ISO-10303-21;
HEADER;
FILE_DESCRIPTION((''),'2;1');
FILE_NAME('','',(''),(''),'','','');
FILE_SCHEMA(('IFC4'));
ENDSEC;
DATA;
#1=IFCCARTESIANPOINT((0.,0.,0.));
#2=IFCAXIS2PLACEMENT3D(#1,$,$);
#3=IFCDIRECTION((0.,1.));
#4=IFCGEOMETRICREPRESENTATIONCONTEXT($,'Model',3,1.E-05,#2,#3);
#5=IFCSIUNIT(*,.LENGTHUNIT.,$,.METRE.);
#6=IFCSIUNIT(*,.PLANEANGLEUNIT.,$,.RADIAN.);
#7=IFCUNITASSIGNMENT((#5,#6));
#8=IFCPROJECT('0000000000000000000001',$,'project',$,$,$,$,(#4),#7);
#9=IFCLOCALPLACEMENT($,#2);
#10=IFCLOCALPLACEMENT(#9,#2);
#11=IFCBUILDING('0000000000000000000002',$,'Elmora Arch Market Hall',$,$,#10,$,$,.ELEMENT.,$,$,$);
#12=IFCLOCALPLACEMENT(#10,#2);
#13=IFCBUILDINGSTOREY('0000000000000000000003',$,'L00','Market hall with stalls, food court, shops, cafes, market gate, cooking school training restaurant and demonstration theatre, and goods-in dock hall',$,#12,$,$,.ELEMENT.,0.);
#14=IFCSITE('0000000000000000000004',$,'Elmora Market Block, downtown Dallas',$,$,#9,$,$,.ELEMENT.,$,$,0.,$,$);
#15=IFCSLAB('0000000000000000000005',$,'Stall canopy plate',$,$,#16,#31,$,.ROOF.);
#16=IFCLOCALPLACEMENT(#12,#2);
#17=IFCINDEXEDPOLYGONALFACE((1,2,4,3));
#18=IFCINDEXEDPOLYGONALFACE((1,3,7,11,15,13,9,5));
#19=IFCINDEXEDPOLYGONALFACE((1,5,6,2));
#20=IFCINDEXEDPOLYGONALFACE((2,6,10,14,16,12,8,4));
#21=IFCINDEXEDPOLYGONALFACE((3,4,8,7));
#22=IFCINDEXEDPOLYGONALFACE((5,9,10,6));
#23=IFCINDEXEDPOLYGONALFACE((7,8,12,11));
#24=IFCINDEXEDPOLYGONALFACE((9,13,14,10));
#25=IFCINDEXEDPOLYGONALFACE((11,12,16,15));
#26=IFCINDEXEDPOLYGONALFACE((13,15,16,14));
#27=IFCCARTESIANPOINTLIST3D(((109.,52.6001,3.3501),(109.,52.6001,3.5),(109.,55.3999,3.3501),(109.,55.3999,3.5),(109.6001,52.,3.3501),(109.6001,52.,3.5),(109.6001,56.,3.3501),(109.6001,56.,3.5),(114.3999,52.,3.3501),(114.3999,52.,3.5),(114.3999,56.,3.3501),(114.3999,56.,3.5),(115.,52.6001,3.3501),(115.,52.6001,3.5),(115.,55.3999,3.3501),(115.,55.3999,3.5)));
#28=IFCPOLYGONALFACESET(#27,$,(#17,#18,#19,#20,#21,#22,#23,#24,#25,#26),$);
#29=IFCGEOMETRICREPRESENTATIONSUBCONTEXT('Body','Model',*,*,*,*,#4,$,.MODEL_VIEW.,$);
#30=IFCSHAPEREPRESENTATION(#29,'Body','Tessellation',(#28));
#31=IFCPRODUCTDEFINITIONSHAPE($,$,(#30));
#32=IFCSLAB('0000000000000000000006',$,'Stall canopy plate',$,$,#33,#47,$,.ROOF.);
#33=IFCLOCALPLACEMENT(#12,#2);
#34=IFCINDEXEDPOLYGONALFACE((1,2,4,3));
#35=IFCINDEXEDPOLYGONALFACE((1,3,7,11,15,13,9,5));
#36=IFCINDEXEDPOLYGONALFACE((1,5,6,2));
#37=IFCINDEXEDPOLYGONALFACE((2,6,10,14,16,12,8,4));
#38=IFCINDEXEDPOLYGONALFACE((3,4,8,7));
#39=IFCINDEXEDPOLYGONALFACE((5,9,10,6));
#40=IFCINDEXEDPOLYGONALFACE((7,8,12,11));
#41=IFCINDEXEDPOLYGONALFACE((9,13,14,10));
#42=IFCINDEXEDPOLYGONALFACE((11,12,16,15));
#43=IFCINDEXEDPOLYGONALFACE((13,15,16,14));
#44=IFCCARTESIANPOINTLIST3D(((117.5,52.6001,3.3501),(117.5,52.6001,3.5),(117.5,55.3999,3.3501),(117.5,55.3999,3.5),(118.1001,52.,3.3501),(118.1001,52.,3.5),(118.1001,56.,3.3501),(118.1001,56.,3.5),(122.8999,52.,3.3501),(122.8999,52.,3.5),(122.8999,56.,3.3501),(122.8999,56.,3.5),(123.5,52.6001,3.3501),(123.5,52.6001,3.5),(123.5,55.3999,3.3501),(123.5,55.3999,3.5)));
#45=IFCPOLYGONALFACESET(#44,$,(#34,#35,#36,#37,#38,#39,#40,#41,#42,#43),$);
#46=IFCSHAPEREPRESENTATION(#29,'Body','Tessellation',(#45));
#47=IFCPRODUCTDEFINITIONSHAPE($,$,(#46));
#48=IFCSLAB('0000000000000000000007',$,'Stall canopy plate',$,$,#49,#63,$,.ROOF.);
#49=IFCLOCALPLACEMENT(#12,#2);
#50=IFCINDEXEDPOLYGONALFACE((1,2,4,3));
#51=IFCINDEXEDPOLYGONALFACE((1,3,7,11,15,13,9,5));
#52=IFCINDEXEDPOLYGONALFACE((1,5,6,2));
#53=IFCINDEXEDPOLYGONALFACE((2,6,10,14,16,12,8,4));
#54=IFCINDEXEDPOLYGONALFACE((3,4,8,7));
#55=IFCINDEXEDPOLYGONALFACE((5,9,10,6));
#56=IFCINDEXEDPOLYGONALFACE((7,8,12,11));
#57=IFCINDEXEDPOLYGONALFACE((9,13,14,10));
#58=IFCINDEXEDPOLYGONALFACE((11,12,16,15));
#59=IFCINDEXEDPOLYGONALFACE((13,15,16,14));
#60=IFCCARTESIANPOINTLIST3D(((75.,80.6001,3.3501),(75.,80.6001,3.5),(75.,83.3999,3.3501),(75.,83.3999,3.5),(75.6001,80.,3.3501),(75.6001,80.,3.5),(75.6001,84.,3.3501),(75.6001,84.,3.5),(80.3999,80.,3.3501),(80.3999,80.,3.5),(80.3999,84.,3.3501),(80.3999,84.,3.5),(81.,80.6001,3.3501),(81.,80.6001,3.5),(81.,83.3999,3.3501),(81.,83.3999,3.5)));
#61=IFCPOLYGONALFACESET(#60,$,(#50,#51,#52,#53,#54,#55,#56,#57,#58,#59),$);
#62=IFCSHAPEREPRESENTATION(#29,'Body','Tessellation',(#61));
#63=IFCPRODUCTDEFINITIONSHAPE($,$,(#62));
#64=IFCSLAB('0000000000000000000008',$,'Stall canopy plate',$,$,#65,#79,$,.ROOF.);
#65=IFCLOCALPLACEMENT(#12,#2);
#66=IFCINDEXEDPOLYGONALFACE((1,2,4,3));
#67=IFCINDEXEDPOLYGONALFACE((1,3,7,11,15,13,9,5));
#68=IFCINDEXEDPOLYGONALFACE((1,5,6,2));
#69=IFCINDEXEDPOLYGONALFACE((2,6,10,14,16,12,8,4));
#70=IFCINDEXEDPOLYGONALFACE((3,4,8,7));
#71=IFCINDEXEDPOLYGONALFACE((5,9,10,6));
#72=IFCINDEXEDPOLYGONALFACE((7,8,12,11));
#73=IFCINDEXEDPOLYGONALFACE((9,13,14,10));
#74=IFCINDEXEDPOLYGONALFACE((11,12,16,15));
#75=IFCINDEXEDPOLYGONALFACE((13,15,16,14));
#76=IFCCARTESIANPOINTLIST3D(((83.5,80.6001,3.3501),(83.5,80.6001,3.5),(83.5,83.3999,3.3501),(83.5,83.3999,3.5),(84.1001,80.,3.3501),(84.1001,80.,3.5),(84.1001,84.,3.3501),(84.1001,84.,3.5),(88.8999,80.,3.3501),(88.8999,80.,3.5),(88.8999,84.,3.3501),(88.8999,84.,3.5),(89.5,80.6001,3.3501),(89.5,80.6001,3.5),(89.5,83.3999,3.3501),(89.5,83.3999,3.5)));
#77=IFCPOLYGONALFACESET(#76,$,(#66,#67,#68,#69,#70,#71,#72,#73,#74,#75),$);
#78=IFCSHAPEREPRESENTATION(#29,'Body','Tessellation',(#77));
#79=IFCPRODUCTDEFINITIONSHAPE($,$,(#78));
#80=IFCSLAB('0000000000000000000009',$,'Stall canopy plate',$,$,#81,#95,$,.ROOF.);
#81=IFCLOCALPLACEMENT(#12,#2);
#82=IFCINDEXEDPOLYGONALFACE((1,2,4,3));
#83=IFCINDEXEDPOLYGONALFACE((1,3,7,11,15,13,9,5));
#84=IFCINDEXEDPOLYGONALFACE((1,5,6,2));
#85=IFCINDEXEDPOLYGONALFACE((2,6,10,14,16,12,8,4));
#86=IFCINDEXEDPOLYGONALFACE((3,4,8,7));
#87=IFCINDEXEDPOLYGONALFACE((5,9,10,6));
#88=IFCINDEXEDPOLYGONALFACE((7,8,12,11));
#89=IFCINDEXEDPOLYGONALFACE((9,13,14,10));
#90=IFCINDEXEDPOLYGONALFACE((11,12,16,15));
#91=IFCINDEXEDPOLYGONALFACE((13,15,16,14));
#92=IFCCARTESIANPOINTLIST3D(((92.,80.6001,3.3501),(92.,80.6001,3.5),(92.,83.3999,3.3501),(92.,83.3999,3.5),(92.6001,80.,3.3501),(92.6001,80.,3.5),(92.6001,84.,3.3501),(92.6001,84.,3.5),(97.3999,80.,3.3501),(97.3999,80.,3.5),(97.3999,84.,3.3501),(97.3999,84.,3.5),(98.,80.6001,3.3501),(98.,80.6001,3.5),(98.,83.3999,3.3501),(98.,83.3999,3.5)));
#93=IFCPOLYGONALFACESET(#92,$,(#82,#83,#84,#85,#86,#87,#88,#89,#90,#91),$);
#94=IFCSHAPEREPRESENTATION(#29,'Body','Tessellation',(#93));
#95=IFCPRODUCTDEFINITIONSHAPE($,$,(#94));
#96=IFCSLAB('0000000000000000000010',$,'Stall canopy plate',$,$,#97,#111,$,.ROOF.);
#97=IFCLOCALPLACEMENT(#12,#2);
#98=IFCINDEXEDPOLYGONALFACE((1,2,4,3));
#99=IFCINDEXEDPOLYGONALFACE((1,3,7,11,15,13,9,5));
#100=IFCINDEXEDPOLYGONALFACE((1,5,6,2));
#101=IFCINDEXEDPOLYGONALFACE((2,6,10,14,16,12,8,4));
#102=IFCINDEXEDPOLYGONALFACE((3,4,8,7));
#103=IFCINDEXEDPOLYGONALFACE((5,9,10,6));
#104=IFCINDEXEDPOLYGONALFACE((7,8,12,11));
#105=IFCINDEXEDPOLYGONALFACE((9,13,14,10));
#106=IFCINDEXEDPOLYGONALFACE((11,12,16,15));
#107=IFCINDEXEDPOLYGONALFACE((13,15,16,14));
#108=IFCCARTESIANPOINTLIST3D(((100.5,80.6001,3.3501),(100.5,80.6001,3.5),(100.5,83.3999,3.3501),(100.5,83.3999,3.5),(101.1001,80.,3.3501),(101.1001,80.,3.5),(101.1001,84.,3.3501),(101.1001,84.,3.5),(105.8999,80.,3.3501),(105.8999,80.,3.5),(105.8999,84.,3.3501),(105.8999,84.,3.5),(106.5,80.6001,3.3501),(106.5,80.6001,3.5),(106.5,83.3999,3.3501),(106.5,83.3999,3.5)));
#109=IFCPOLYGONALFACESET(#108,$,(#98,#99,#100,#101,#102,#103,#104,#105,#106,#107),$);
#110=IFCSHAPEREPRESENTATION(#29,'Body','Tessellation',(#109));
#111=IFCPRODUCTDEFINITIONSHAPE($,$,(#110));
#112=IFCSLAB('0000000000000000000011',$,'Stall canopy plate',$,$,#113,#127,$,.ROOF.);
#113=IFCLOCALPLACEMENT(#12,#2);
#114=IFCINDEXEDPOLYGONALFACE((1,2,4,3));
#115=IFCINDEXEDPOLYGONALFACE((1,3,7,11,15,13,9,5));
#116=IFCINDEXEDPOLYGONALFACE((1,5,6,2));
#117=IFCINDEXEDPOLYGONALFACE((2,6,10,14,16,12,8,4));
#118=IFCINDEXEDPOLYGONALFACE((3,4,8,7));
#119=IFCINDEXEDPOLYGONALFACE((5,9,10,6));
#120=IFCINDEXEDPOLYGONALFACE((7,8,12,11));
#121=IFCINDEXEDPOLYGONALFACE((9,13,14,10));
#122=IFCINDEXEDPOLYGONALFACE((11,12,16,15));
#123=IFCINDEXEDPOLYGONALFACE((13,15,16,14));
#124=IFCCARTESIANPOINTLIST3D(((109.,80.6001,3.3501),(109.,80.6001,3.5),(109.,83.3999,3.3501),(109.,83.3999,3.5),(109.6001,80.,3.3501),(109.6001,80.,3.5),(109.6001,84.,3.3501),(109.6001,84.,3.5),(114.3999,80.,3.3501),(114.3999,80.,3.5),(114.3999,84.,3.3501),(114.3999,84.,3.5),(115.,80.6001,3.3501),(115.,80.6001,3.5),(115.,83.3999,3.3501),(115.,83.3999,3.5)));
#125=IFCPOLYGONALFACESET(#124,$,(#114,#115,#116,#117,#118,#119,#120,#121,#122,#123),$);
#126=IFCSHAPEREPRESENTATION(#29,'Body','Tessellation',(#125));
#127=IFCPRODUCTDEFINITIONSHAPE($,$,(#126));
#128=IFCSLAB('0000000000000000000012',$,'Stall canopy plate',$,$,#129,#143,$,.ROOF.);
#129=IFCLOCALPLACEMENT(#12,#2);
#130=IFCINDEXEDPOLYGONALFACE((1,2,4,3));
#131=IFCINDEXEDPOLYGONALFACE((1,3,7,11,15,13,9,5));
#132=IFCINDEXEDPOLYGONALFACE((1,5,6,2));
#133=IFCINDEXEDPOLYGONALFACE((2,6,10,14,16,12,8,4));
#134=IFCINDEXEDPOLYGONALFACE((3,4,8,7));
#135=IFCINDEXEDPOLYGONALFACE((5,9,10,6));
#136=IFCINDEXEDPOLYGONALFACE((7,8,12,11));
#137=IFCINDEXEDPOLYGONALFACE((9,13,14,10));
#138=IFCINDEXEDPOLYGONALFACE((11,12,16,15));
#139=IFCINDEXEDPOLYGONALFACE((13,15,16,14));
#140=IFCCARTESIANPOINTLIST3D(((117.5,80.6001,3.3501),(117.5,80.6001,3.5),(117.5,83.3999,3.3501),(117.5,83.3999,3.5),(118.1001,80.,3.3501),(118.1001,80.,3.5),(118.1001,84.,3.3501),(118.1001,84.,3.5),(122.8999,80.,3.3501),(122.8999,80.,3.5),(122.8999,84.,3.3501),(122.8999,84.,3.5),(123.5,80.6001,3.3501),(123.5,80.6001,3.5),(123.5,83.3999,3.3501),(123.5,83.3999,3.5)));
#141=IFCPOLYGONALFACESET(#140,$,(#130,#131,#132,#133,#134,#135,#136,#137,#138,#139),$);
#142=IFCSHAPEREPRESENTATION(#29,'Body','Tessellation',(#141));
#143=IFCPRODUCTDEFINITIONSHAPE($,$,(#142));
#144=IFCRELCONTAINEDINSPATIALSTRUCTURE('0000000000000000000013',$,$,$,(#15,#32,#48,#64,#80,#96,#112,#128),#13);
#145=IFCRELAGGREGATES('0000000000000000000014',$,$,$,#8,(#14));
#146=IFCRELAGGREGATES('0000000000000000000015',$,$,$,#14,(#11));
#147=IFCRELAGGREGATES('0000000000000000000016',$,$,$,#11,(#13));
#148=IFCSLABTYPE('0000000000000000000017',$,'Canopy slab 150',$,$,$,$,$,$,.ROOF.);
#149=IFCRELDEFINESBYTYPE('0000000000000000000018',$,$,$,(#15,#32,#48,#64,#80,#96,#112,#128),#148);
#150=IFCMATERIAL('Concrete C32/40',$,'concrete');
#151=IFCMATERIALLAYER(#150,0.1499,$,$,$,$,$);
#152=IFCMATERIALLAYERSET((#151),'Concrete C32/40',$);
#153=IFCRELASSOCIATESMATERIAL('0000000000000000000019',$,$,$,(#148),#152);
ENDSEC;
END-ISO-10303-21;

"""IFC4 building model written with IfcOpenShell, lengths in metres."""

from ifc_helpers import new_model, si_unit, direction, frame, origin, place, context, subcontext, project, spatial, polyline, outline, extrude, material, layer, layer_set, type_object, element, save


model = new_model("IFC4")

# Units and contexts
model_context = context("Model", 3, precision=1e-05, world=origin(), true_north=direction((0.0, 1.0)))
body_context = subcontext(model_context, "Body", "Model", "MODEL_VIEW")
ifc_project = project(units=[si_unit("LENGTHUNIT", "METRE"), si_unit("PLANEANGLEUNIT", "RADIAN")], contexts=[model_context])

# Site, building, storey
site_placement = place(None, origin())
site = spatial("IfcSite", under=ifc_project, at=site_placement, Name="Elmora Market Block, downtown Dallas", CompositionType="ELEMENT", RefElevation=0.0)
building_placement = place(site_placement, origin())
building = spatial("IfcBuilding", under=site, at=building_placement, Name="Elmora Arch Market Hall", CompositionType="ELEMENT")
storey_placement = place(building_placement, origin())
storey = spatial("IfcBuildingStorey", under=building, at=storey_placement, Name="L00", Description="Market hall with stalls, food court, shops, cafes, market gate, cooking school training restaurant and demonstration theatre, and goods-in dock hall", CompositionType="ELEMENT", Elevation=0.0)

# Slabs
ifc_material_1 = material(Name="Concrete C32/40", Category="concrete")
ifc_layer_1 = layer(ifc_material_1, 0.1499)
ifc_layer_set_1 = layer_set([ifc_layer_1], Name="Concrete C32/40")
slab_type_1 = type_object("IfcSlabType", Name="Canopy slab 150", PredefinedType="ROOF", material=ifc_layer_set_1)
slab_1_placement = place(storey_placement, frame((0.0, 0.0, 3.3501)))
element("IfcSlab", 1, at=slab_1_placement, inside=storey, type_object=slab_type_1, Name="Stall canopy plate", PredefinedType="ROOF", context=body_context, shape_type="SweptSolid", body=[
    extrude(outline(polyline([(109.0, 52.6001), (109.0, 55.3999), (109.6001, 56.0), (114.3999, 56.0), (115.0, 55.3999), (115.0, 52.6001), (114.3999, 52.0), (109.6001, 52.0), (109.0, 52.6001)])), origin(), (0.0, 0.0, 1.0), 0.1499),
])
slab_2_placement = place(storey_placement, frame((0.0, 0.0, 3.3501)))
element("IfcSlab", 2, at=slab_2_placement, inside=storey, type_object=slab_type_1, Name="Stall canopy plate", PredefinedType="ROOF", context=body_context, shape_type="SweptSolid", body=[
    extrude(outline(polyline([(117.5, 52.6001), (117.5, 55.3999), (118.1001, 56.0), (122.8999, 56.0), (123.5, 55.3999), (123.5, 52.6001), (122.8999, 52.0), (118.1001, 52.0), (117.5, 52.6001)])), origin(), (0.0, 0.0, 1.0), 0.1499),
])
slab_3_placement = place(storey_placement, frame((0.0, 0.0, 3.3501)))
element("IfcSlab", 3, at=slab_3_placement, inside=storey, type_object=slab_type_1, Name="Stall canopy plate", PredefinedType="ROOF", context=body_context, shape_type="SweptSolid", body=[
    extrude(outline(polyline([(75.0, 80.6001), (75.0, 83.3999), (75.6001, 84.0), (80.3999, 84.0), (81.0, 83.3999), (81.0, 80.6001), (80.3999, 80.0), (75.6001, 80.0), (75.0, 80.6001)])), origin(), (0.0, 0.0, 1.0), 0.1499),
])
slab_4_placement = place(storey_placement, frame((0.0, 0.0, 3.3501)))
element("IfcSlab", 4, at=slab_4_placement, inside=storey, type_object=slab_type_1, Name="Stall canopy plate", PredefinedType="ROOF", context=body_context, shape_type="SweptSolid", body=[
    extrude(outline(polyline([(83.5, 80.6001), (83.5, 83.3999), (84.1001, 84.0), (88.8999, 84.0), (89.5, 83.3999), (89.5, 80.6001), (88.8999, 80.0), (84.1001, 80.0), (83.5, 80.6001)])), origin(), (0.0, 0.0, 1.0), 0.1499),
])
slab_5_placement = place(storey_placement, frame((0.0, 0.0, 3.3501)))
element("IfcSlab", 5, at=slab_5_placement, inside=storey, type_object=slab_type_1, Name="Stall canopy plate", PredefinedType="ROOF", context=body_context, shape_type="SweptSolid", body=[
    extrude(outline(polyline([(92.0, 80.6001), (92.0, 83.3999), (92.6001, 84.0), (97.3999, 84.0), (98.0, 83.3999), (98.0, 80.6001), (97.3999, 80.0), (92.6001, 80.0), (92.0, 80.6001)])), origin(), (0.0, 0.0, 1.0), 0.1499),
])
slab_6_placement = place(storey_placement, frame((0.0, 0.0, 3.3501)))
element("IfcSlab", 6, at=slab_6_placement, inside=storey, type_object=slab_type_1, Name="Stall canopy plate", PredefinedType="ROOF", context=body_context, shape_type="SweptSolid", body=[
    extrude(outline(polyline([(100.5, 80.6001), (100.5, 83.3999), (101.1001, 84.0), (105.8999, 84.0), (106.5, 83.3999), (106.5, 80.6001), (105.8999, 80.0), (101.1001, 80.0), (100.5, 80.6001)])), origin(), (0.0, 0.0, 1.0), 0.1499),
])
slab_7_placement = place(storey_placement, frame((0.0, 0.0, 3.3501)))
element("IfcSlab", 7, at=slab_7_placement, inside=storey, type_object=slab_type_1, Name="Stall canopy plate", PredefinedType="ROOF", context=body_context, shape_type="SweptSolid", body=[
    extrude(outline(polyline([(109.0, 80.6001), (109.0, 83.3999), (109.6001, 84.0), (114.3999, 84.0), (115.0, 83.3999), (115.0, 80.6001), (114.3999, 80.0), (109.6001, 80.0), (109.0, 80.6001)])), origin(), (0.0, 0.0, 1.0), 0.1499),
])
slab_8_placement = place(storey_placement, frame((0.0, 0.0, 3.3501)))
element("IfcSlab", 8, at=slab_8_placement, inside=storey, type_object=slab_type_1, Name="Stall canopy plate", PredefinedType="ROOF", context=body_context, shape_type="SweptSolid", body=[
    extrude(outline(polyline([(117.5, 80.6001), (117.5, 83.3999), (118.1001, 84.0), (122.8999, 84.0), (123.5, 83.3999), (123.5, 80.6001), (122.8999, 80.0), (118.1001, 80.0), (117.5, 80.6001)])), origin(), (0.0, 0.0, 1.0), 0.1499),
])

save(model, "model.ifc")
